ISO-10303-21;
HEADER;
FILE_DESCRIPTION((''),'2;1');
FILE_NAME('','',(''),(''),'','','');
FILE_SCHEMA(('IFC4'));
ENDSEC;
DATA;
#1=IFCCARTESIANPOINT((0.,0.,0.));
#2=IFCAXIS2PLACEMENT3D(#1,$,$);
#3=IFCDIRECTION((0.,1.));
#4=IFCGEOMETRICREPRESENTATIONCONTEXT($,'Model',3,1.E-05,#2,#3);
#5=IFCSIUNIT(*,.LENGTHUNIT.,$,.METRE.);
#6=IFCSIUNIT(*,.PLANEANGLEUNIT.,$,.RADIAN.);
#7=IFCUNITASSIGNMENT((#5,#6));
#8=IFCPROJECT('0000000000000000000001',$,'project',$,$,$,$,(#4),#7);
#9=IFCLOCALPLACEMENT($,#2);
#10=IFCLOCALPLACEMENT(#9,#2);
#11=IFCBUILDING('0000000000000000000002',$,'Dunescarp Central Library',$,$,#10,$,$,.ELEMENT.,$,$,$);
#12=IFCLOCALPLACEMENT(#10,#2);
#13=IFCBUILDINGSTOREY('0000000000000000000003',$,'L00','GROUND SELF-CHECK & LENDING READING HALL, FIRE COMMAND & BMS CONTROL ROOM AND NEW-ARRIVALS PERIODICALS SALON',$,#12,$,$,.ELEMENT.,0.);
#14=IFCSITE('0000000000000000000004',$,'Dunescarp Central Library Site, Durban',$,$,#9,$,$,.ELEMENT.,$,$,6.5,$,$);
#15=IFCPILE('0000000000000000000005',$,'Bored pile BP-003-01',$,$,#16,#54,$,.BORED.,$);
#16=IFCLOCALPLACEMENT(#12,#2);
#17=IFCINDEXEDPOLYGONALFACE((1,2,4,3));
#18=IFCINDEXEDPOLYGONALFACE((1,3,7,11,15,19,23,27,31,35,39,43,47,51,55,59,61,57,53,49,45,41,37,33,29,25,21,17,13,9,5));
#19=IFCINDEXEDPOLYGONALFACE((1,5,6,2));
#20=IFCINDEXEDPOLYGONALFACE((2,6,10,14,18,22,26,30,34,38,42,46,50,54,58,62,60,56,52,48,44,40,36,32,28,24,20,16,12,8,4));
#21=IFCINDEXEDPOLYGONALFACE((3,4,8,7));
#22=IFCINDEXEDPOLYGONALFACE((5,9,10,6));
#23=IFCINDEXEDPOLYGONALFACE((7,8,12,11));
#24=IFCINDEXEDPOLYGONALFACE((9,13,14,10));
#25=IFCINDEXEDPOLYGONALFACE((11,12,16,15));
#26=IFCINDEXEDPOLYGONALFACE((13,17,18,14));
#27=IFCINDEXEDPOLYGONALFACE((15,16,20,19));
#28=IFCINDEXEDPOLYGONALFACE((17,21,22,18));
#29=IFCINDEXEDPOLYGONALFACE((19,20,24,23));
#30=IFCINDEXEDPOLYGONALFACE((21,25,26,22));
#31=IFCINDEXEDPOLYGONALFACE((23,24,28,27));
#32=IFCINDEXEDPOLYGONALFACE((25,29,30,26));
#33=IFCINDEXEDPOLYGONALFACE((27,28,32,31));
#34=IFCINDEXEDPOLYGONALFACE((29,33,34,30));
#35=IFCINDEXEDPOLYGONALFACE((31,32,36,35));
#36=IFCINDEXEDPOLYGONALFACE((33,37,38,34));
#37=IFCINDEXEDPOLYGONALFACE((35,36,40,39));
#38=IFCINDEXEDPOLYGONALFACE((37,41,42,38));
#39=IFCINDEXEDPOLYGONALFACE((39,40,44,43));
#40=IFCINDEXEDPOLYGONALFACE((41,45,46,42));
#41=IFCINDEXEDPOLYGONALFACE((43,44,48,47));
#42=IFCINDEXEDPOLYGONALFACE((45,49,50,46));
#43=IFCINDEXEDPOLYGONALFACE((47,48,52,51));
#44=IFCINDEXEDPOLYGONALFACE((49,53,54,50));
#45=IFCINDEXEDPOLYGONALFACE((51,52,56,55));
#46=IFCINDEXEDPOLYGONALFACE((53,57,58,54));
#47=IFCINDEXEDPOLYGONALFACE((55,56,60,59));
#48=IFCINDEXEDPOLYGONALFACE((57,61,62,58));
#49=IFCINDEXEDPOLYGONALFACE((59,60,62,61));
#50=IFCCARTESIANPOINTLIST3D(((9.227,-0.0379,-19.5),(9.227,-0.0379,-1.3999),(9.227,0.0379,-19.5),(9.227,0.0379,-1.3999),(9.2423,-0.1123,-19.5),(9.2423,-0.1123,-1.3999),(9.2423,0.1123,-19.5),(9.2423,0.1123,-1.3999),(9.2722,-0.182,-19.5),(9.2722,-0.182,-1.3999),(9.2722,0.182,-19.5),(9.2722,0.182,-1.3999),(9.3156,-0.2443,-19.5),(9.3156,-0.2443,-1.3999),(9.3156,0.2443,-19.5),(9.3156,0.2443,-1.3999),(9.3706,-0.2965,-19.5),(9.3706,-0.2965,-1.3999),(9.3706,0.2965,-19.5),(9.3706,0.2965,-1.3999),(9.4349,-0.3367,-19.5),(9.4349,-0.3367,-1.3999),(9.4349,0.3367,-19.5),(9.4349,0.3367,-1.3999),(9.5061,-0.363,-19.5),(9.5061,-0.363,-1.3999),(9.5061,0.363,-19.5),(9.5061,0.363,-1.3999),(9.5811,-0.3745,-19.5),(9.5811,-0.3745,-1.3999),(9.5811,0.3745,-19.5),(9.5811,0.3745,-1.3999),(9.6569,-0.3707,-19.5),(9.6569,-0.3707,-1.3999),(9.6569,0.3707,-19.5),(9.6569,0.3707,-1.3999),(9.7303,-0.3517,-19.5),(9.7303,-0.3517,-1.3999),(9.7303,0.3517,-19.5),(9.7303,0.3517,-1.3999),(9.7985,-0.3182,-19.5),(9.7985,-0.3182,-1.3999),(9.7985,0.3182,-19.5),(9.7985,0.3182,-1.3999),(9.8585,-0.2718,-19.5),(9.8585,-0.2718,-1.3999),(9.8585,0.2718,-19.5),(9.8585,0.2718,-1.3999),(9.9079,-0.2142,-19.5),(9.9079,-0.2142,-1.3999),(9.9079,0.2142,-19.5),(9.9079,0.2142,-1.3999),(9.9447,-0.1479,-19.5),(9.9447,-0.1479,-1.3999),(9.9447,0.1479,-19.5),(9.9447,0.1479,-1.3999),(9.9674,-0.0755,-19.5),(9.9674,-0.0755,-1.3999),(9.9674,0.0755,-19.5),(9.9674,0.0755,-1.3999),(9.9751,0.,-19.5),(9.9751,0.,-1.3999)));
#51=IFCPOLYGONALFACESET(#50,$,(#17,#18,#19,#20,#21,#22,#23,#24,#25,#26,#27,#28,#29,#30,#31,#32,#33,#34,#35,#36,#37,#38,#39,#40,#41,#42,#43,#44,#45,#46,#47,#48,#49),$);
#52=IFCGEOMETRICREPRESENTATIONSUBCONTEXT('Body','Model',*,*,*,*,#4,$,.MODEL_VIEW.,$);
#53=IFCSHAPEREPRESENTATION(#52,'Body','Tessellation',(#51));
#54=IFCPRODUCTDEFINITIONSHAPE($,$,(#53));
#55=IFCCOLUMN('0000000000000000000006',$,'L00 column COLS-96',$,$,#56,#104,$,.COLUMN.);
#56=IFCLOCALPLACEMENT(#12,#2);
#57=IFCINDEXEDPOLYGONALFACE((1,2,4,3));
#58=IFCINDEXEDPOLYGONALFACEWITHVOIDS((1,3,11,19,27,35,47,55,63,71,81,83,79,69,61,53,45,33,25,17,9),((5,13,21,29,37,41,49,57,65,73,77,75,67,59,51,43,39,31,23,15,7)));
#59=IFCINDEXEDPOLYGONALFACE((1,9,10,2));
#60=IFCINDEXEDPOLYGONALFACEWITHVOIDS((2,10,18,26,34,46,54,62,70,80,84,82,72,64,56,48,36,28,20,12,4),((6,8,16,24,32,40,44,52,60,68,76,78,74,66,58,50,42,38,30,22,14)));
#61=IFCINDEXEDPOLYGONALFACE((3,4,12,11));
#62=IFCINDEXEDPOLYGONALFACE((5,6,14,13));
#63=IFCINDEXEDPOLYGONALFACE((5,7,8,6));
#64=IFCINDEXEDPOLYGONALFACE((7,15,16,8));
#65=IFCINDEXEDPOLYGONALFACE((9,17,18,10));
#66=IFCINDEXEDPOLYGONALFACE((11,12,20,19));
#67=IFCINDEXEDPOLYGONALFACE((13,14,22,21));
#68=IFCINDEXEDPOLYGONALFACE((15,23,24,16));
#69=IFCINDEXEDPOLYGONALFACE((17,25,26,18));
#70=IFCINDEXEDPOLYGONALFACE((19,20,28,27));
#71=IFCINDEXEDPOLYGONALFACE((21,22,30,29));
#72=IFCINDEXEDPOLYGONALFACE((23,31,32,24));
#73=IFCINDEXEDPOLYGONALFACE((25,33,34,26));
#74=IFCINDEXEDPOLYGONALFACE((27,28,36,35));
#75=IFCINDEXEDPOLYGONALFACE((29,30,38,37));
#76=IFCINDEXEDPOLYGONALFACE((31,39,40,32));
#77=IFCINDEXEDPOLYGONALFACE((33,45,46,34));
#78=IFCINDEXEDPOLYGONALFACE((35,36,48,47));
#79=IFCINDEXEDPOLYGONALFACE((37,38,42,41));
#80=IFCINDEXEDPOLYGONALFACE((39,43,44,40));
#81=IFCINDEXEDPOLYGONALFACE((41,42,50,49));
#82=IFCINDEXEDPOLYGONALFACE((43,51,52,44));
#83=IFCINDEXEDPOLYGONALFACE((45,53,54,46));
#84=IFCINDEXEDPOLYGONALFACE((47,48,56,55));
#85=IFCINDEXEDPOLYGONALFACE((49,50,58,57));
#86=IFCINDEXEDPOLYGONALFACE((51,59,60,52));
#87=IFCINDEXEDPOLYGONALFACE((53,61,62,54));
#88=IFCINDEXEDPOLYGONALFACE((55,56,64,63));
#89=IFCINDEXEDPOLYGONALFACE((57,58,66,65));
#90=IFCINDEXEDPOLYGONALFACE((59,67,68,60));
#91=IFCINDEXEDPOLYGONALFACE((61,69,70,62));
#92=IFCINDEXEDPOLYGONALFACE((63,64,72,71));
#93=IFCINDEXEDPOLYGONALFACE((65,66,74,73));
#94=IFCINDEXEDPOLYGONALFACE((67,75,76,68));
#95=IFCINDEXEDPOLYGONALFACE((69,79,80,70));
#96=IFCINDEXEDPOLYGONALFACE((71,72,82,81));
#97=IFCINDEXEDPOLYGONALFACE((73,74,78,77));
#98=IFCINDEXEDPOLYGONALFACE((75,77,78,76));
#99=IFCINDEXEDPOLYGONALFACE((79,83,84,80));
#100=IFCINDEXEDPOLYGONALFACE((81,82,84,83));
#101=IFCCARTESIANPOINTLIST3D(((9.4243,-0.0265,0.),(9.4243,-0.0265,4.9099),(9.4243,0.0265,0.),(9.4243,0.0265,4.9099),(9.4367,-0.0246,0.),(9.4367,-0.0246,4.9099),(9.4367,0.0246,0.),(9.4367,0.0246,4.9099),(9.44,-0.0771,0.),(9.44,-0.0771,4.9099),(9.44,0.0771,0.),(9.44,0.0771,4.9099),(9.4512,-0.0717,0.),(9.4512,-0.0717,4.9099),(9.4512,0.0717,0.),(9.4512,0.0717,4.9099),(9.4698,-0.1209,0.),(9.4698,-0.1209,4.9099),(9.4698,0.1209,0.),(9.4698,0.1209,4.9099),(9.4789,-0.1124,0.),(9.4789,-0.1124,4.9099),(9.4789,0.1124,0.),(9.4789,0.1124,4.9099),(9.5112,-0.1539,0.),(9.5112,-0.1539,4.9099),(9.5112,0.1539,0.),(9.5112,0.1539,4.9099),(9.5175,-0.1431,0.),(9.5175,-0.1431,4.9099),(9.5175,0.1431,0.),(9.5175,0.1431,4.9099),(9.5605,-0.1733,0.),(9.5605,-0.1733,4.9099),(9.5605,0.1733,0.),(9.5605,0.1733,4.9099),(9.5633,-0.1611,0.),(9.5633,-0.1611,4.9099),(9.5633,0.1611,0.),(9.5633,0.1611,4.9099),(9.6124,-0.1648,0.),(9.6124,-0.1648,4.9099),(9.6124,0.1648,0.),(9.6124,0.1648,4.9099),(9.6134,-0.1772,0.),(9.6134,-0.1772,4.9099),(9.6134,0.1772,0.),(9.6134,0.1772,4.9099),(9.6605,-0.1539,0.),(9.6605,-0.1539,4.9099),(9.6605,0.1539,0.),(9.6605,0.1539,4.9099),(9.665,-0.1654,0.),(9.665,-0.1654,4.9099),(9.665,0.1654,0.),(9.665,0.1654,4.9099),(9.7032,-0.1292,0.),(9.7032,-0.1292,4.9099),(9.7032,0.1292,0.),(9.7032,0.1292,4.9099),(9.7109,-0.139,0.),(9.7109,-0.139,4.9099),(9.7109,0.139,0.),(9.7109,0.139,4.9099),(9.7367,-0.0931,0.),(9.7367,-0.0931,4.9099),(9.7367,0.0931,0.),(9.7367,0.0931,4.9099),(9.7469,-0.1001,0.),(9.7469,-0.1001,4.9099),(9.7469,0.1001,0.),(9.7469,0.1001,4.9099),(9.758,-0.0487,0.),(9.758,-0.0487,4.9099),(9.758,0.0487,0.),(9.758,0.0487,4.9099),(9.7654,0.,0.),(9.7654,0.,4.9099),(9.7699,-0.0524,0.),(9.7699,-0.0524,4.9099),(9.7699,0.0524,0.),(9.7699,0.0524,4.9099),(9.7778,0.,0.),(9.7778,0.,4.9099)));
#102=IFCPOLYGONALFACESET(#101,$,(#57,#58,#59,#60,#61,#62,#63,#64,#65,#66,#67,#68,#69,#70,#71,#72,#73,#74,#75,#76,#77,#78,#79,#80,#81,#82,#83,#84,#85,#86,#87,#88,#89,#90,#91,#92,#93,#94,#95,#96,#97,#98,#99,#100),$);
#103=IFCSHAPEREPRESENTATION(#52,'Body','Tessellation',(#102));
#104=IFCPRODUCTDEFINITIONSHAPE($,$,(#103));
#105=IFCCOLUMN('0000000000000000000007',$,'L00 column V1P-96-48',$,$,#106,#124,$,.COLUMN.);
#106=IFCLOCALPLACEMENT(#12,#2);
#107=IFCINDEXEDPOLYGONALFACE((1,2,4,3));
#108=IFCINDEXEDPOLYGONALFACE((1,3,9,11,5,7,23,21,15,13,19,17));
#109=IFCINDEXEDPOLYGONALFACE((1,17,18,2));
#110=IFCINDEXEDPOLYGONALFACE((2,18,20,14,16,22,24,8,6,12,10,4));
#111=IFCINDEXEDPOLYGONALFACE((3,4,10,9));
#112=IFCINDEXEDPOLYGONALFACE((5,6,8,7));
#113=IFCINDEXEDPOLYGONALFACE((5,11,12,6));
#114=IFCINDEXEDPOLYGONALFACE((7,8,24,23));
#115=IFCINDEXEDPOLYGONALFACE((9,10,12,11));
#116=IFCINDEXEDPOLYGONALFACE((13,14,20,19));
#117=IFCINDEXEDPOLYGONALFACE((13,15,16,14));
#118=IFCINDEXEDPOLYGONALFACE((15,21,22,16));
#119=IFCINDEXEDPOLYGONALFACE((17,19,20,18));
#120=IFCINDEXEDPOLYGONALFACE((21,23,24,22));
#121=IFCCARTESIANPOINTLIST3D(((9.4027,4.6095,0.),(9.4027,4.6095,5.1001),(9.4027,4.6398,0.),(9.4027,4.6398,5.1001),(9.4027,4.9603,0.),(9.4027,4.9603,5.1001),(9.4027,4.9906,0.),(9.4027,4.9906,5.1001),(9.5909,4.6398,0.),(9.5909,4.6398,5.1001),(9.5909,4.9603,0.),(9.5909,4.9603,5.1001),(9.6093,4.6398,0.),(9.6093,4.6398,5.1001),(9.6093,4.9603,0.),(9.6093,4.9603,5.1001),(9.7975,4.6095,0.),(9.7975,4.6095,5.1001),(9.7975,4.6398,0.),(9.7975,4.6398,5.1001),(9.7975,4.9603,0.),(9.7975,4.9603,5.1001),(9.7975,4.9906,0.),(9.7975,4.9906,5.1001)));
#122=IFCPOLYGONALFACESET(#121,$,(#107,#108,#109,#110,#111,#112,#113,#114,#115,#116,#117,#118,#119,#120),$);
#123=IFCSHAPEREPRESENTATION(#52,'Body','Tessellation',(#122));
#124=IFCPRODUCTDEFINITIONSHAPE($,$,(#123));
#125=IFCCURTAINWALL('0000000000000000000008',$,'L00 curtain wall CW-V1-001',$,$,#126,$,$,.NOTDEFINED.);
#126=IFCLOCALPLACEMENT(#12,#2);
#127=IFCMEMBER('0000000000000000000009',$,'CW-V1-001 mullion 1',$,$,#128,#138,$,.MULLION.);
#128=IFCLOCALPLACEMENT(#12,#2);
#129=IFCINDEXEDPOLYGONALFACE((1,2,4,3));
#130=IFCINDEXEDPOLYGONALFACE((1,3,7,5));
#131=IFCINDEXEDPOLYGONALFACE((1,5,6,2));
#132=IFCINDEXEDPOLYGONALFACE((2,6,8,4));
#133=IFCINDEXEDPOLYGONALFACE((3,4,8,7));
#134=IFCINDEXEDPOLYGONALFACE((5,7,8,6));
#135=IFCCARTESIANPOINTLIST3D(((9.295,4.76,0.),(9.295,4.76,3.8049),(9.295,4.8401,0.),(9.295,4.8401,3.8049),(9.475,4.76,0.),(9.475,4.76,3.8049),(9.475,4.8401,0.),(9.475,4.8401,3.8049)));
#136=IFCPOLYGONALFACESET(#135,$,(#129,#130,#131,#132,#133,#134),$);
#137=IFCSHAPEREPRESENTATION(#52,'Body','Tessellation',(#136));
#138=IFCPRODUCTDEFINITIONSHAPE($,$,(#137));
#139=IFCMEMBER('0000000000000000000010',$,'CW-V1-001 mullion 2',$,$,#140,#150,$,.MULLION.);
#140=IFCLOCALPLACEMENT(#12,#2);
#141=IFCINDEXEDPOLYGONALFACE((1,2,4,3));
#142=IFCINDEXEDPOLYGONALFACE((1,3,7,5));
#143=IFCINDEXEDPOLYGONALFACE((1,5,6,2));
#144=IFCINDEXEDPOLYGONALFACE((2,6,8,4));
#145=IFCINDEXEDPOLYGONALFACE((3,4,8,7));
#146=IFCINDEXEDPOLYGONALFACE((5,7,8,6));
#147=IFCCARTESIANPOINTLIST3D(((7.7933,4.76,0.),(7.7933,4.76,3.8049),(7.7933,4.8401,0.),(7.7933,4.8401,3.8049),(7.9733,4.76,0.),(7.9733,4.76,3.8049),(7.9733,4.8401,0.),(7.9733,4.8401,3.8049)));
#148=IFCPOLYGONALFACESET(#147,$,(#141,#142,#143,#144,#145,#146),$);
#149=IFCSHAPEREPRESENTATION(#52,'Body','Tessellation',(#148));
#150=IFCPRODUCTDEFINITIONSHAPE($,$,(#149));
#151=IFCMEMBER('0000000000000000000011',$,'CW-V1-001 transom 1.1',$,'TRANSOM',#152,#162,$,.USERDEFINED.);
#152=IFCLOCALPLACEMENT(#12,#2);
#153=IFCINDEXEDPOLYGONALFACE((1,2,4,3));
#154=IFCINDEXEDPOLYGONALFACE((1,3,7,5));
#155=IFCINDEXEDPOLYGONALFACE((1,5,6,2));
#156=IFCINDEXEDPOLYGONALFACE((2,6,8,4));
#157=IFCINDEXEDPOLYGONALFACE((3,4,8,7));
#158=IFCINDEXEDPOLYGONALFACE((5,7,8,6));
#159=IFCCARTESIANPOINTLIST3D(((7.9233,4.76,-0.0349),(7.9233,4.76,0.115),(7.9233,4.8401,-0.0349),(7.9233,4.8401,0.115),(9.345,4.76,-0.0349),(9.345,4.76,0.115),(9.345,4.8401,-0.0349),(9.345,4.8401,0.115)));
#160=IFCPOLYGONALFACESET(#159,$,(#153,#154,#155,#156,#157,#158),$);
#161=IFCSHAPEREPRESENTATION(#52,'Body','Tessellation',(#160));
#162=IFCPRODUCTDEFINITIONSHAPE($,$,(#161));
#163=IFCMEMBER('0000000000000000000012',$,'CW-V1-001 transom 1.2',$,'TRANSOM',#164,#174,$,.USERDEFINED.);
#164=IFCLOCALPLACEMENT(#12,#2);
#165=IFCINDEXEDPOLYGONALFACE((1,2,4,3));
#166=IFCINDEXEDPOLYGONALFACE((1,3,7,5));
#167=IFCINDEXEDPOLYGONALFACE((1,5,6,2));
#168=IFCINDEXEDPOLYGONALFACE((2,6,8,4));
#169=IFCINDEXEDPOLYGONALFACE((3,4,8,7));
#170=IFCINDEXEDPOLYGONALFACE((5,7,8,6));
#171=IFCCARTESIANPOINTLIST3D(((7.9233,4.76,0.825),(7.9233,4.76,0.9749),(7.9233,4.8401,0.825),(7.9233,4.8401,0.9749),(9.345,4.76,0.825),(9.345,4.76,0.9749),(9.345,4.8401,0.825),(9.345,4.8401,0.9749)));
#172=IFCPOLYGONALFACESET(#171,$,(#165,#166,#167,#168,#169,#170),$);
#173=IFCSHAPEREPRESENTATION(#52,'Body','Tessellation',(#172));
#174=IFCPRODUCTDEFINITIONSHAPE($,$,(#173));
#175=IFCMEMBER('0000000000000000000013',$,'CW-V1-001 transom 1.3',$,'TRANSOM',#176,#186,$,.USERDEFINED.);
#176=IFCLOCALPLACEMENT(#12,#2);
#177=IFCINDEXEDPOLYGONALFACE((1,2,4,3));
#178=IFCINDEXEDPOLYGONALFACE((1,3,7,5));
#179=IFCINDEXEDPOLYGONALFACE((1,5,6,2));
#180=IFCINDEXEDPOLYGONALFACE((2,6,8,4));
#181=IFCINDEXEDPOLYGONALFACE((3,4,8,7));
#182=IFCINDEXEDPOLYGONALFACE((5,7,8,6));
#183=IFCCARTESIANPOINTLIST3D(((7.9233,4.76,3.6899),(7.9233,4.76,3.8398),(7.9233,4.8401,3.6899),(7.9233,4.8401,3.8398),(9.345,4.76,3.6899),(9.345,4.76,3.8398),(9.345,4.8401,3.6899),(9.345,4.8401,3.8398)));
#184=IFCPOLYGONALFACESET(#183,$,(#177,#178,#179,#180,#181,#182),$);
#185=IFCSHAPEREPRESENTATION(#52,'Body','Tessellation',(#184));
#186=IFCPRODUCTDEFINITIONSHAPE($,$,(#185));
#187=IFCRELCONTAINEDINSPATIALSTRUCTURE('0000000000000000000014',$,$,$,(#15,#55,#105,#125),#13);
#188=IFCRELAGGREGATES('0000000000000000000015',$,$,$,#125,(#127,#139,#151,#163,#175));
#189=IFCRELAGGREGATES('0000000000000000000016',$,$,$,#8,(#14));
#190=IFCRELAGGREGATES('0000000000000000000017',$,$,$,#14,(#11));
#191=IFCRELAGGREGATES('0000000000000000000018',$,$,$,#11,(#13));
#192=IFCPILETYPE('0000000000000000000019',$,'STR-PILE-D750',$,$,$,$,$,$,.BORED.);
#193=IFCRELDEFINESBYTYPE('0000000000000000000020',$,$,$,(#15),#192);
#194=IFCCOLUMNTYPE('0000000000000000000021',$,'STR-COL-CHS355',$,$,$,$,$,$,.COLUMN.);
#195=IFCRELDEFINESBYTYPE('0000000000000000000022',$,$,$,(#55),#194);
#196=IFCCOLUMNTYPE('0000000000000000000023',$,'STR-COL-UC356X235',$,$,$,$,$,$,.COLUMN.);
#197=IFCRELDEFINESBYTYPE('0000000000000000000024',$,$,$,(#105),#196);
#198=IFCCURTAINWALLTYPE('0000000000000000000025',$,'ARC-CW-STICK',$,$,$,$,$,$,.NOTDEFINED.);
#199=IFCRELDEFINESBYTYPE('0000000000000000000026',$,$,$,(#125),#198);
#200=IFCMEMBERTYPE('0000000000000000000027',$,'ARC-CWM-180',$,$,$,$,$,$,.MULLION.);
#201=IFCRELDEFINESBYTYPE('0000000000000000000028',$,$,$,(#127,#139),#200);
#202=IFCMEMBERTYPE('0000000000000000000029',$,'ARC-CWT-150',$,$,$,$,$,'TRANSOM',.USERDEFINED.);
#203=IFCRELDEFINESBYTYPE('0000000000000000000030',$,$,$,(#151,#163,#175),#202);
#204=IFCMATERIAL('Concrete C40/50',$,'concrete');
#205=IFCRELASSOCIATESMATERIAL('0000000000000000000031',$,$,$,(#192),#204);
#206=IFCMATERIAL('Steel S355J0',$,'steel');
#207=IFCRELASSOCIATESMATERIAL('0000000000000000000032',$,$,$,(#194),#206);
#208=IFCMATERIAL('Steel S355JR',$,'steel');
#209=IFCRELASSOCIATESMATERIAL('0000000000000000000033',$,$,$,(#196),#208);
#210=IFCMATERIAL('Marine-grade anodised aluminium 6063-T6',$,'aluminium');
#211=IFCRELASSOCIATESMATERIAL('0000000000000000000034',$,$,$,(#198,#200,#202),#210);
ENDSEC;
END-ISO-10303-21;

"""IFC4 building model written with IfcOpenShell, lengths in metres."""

from ifc_helpers import new_model, si_unit, direction, frame, origin, origin_2d, place, context, subcontext, project, spatial, rectangle, circle, hollow_circle, i_section, extrude, material, material_profile, profile_set, type_object, element, aggregate, save


model = new_model("IFC4")

# Units and contexts
model_context = context("Model", 3, precision=1e-05, world=origin(), true_north=direction((0.0, 1.0)))
body_context = subcontext(model_context, "Body", "Model", "MODEL_VIEW")
ifc_project = project(units=[si_unit("LENGTHUNIT", "METRE"), si_unit("PLANEANGLEUNIT", "RADIAN")], contexts=[model_context])

# Site, building, storey
site_placement = place(None, origin())
site = spatial("IfcSite", under=ifc_project, at=site_placement, Name="Dunescarp Central Library Site, Durban", CompositionType="ELEMENT", RefElevation=6.5)
building_placement = place(site_placement, origin())
building = spatial("IfcBuilding", under=site, at=building_placement, Name="Dunescarp Central Library", CompositionType="ELEMENT")
storey_placement = place(building_placement, origin())
storey = spatial("IfcBuildingStorey", under=building, at=storey_placement, Name="L00", Description="GROUND SELF-CHECK & LENDING READING HALL, FIRE COMMAND & BMS CONTROL ROOM AND NEW-ARRIVALS PERIODICALS SALON", CompositionType="ELEMENT", Elevation=0.0)

# Shared definitions
ifc_material_1 = material(Name="Concrete C40/50", Category="concrete")

# Pile
ifc_material_profile_1 = material_profile(ifc_material_1, circle(Radius=0.375, at=origin_2d()), Name="PILE D750")
ifc_profile_set_1 = profile_set([ifc_material_profile_1], Name="Concrete C40/50")
pile_type_1 = type_object("IfcPileType", Name="STR-PILE-D750", PredefinedType="BORED", material=ifc_profile_set_1)
pile_placement = place(storey_placement, frame((9.6001, 0.0, -1.3999), z_axis=(0.0, 0.0, -1.0), x_axis=(1.0, 0.0, 0.0)))
element("IfcPile", 1, at=pile_placement, inside=storey, type_object=pile_type_1, Name="Bored pile BP-003-01", PredefinedType="BORED", context=body_context, shape_type="SweptSolid", body=[
    extrude(circle(Radius=0.375, at=origin_2d()), origin(), (0.0, 0.0, 1.0), 18.1001),
])

# Columns
ifc_material_2 = material(Name="Steel S355J0", Category="steel")
ifc_material_profile_2 = material_profile(ifc_material_2, hollow_circle(Radius=0.1777, WallThickness=0.0125, at=origin_2d()), Name="CHS 355.6x12.5")
ifc_profile_set_2 = profile_set([ifc_material_profile_2], Name="Steel S355J0")
column_type_1 = type_object("IfcColumnType", Name="STR-COL-CHS355", PredefinedType="COLUMN", material=ifc_profile_set_2)
column_1_placement = place(storey_placement, frame((9.6001, 0.0, 0.0), z_axis=(0.0, 0.0, 1.0), x_axis=(1.0, 0.0, 0.0)))
element("IfcColumn", 2, at=column_1_placement, inside=storey, type_object=column_type_1, Name="L00 column COLS-96", PredefinedType="COLUMN", context=body_context, shape_type="SweptSolid", body=[
    extrude(hollow_circle(Radius=0.1777, WallThickness=0.0125, at=origin_2d()), origin(), (0.0, 0.0, 1.0), 4.9099),
])
ifc_material_3 = material(Name="Steel S355JR", Category="steel")
ifc_material_profile_3 = material_profile(ifc_material_3, i_section(OverallWidth=0.3948, OverallDepth=0.3811, WebThickness=0.0183, FlangeThickness=0.0303, at=origin_2d()), Name="UC 356x406x235")
ifc_profile_set_3 = profile_set([ifc_material_profile_3], Name="Steel S355JR")
column_type_2 = type_object("IfcColumnType", Name="STR-COL-UC356X235", PredefinedType="COLUMN", material=ifc_profile_set_3)
column_2_placement = place(storey_placement, frame((9.6001, 4.8, 0.0), z_axis=(0.0, 0.0, 1.0), x_axis=(1.0, 0.0, 0.0)))
element("IfcColumn", 3, at=column_2_placement, inside=storey, type_object=column_type_2, Name="L00 column V1P-96-48", PredefinedType="COLUMN", context=body_context, shape_type="SweptSolid", body=[
    extrude(i_section(OverallWidth=0.3948, OverallDepth=0.3811, WebThickness=0.0183, FlangeThickness=0.0303, at=origin_2d()), origin(), (0.0, 0.0, 1.0), 5.1001),
])

# Curtain wall, members
ifc_material_4 = material(Name="Marine-grade anodised aluminium 6063-T6", Category="aluminium")
curtain_wall_type = type_object("IfcCurtainWallType", Name="ARC-CW-STICK", PredefinedType="NOTDEFINED", material=ifc_material_4)
curtain_wall_placement = place(storey_placement, origin())
curtain_wall = element("IfcCurtainWall", 4, at=curtain_wall_placement, inside=storey, type_object=curtain_wall_type, Name="L00 curtain wall CW-V1-001", PredefinedType="NOTDEFINED")
ifc_material_profile_4 = material_profile(ifc_material_4, rectangle(XDim=0.0801, YDim=0.1799, at=origin_2d()), Name="AL 80x180")
ifc_profile_set_4 = profile_set([ifc_material_profile_4], Name="Marine-grade anodised aluminium 6063-T6")
member_type_1 = type_object("IfcMemberType", Name="ARC-CWM-180", PredefinedType="MULLION", material=ifc_profile_set_4)
member_1_placement = place(storey_placement, frame((9.385, 4.8, 0.0), z_axis=(0.0, 0.0, 1.0), x_axis=(0.0, -1.0, 0.0)))
member_1 = element("IfcMember", 5, at=member_1_placement, type_object=member_type_1, Name="CW-V1-001 mullion 1", PredefinedType="MULLION", context=body_context, shape_type="SweptSolid", body=[
    extrude(rectangle(XDim=0.0801, YDim=0.1799, at=origin_2d()), origin(), (0.0, 0.0, 1.0), 3.8049),
])
member_2_placement = place(storey_placement, frame((7.8833, 4.8, 0.0), z_axis=(0.0, 0.0, 1.0), x_axis=(0.0, -1.0, 0.0)))
member_2 = element("IfcMember", 6, at=member_2_placement, type_object=member_type_1, Name="CW-V1-001 mullion 2", PredefinedType="MULLION", context=body_context, shape_type="SweptSolid", body=[
    extrude(rectangle(XDim=0.0801, YDim=0.1799, at=origin_2d()), origin(), (0.0, 0.0, 1.0), 3.8049),
])
ifc_material_profile_5 = material_profile(ifc_material_4, rectangle(XDim=0.0801, YDim=0.1499, at=origin_2d()), Name="AL 80x150")
ifc_profile_set_5 = profile_set([ifc_material_profile_5], Name="Marine-grade anodised aluminium 6063-T6")
member_type_2 = type_object("IfcMemberType", Name="ARC-CWT-150", ElementType="TRANSOM", PredefinedType="USERDEFINED", material=ifc_profile_set_5)
member_3_placement = place(storey_placement, frame((9.345, 4.8, 0.04), z_axis=(-1.0, 0.0, 0.0), x_axis=(0.0, -1.0, 0.0)))
member_3 = element("IfcMember", 7, at=member_3_placement, type_object=member_type_2, Name="CW-V1-001 transom 1.1", ObjectType="TRANSOM", PredefinedType="USERDEFINED", context=body_context, shape_type="SweptSolid", body=[
    extrude(rectangle(XDim=0.0801, YDim=0.1499, at=origin_2d()), origin(), (0.0, 0.0, 1.0), 1.4216),
])
member_4_placement = place(storey_placement, frame((9.345, 4.8, 0.8999), z_axis=(-1.0, 0.0, 0.0), x_axis=(0.0, -1.0, 0.0)))
member_4 = element("IfcMember", 8, at=member_4_placement, type_object=member_type_2, Name="CW-V1-001 transom 1.2", ObjectType="TRANSOM", PredefinedType="USERDEFINED", context=body_context, shape_type="SweptSolid", body=[
    extrude(rectangle(XDim=0.0801, YDim=0.1499, at=origin_2d()), origin(), (0.0, 0.0, 1.0), 1.4216),
])
member_5_placement = place(storey_placement, frame((9.345, 4.8, 3.7649), z_axis=(-1.0, 0.0, 0.0), x_axis=(0.0, -1.0, 0.0)))
member_5 = element("IfcMember", 9, at=member_5_placement, type_object=member_type_2, Name="CW-V1-001 transom 1.3", ObjectType="TRANSOM", PredefinedType="USERDEFINED", context=body_context, shape_type="SweptSolid", body=[
    extrude(rectangle(XDim=0.0801, YDim=0.1499, at=origin_2d()), origin(), (0.0, 0.0, 1.0), 1.4216),
])
aggregate(curtain_wall, [member_1, member_2, member_3, member_4, member_5])

save(model, "model.ifc")
